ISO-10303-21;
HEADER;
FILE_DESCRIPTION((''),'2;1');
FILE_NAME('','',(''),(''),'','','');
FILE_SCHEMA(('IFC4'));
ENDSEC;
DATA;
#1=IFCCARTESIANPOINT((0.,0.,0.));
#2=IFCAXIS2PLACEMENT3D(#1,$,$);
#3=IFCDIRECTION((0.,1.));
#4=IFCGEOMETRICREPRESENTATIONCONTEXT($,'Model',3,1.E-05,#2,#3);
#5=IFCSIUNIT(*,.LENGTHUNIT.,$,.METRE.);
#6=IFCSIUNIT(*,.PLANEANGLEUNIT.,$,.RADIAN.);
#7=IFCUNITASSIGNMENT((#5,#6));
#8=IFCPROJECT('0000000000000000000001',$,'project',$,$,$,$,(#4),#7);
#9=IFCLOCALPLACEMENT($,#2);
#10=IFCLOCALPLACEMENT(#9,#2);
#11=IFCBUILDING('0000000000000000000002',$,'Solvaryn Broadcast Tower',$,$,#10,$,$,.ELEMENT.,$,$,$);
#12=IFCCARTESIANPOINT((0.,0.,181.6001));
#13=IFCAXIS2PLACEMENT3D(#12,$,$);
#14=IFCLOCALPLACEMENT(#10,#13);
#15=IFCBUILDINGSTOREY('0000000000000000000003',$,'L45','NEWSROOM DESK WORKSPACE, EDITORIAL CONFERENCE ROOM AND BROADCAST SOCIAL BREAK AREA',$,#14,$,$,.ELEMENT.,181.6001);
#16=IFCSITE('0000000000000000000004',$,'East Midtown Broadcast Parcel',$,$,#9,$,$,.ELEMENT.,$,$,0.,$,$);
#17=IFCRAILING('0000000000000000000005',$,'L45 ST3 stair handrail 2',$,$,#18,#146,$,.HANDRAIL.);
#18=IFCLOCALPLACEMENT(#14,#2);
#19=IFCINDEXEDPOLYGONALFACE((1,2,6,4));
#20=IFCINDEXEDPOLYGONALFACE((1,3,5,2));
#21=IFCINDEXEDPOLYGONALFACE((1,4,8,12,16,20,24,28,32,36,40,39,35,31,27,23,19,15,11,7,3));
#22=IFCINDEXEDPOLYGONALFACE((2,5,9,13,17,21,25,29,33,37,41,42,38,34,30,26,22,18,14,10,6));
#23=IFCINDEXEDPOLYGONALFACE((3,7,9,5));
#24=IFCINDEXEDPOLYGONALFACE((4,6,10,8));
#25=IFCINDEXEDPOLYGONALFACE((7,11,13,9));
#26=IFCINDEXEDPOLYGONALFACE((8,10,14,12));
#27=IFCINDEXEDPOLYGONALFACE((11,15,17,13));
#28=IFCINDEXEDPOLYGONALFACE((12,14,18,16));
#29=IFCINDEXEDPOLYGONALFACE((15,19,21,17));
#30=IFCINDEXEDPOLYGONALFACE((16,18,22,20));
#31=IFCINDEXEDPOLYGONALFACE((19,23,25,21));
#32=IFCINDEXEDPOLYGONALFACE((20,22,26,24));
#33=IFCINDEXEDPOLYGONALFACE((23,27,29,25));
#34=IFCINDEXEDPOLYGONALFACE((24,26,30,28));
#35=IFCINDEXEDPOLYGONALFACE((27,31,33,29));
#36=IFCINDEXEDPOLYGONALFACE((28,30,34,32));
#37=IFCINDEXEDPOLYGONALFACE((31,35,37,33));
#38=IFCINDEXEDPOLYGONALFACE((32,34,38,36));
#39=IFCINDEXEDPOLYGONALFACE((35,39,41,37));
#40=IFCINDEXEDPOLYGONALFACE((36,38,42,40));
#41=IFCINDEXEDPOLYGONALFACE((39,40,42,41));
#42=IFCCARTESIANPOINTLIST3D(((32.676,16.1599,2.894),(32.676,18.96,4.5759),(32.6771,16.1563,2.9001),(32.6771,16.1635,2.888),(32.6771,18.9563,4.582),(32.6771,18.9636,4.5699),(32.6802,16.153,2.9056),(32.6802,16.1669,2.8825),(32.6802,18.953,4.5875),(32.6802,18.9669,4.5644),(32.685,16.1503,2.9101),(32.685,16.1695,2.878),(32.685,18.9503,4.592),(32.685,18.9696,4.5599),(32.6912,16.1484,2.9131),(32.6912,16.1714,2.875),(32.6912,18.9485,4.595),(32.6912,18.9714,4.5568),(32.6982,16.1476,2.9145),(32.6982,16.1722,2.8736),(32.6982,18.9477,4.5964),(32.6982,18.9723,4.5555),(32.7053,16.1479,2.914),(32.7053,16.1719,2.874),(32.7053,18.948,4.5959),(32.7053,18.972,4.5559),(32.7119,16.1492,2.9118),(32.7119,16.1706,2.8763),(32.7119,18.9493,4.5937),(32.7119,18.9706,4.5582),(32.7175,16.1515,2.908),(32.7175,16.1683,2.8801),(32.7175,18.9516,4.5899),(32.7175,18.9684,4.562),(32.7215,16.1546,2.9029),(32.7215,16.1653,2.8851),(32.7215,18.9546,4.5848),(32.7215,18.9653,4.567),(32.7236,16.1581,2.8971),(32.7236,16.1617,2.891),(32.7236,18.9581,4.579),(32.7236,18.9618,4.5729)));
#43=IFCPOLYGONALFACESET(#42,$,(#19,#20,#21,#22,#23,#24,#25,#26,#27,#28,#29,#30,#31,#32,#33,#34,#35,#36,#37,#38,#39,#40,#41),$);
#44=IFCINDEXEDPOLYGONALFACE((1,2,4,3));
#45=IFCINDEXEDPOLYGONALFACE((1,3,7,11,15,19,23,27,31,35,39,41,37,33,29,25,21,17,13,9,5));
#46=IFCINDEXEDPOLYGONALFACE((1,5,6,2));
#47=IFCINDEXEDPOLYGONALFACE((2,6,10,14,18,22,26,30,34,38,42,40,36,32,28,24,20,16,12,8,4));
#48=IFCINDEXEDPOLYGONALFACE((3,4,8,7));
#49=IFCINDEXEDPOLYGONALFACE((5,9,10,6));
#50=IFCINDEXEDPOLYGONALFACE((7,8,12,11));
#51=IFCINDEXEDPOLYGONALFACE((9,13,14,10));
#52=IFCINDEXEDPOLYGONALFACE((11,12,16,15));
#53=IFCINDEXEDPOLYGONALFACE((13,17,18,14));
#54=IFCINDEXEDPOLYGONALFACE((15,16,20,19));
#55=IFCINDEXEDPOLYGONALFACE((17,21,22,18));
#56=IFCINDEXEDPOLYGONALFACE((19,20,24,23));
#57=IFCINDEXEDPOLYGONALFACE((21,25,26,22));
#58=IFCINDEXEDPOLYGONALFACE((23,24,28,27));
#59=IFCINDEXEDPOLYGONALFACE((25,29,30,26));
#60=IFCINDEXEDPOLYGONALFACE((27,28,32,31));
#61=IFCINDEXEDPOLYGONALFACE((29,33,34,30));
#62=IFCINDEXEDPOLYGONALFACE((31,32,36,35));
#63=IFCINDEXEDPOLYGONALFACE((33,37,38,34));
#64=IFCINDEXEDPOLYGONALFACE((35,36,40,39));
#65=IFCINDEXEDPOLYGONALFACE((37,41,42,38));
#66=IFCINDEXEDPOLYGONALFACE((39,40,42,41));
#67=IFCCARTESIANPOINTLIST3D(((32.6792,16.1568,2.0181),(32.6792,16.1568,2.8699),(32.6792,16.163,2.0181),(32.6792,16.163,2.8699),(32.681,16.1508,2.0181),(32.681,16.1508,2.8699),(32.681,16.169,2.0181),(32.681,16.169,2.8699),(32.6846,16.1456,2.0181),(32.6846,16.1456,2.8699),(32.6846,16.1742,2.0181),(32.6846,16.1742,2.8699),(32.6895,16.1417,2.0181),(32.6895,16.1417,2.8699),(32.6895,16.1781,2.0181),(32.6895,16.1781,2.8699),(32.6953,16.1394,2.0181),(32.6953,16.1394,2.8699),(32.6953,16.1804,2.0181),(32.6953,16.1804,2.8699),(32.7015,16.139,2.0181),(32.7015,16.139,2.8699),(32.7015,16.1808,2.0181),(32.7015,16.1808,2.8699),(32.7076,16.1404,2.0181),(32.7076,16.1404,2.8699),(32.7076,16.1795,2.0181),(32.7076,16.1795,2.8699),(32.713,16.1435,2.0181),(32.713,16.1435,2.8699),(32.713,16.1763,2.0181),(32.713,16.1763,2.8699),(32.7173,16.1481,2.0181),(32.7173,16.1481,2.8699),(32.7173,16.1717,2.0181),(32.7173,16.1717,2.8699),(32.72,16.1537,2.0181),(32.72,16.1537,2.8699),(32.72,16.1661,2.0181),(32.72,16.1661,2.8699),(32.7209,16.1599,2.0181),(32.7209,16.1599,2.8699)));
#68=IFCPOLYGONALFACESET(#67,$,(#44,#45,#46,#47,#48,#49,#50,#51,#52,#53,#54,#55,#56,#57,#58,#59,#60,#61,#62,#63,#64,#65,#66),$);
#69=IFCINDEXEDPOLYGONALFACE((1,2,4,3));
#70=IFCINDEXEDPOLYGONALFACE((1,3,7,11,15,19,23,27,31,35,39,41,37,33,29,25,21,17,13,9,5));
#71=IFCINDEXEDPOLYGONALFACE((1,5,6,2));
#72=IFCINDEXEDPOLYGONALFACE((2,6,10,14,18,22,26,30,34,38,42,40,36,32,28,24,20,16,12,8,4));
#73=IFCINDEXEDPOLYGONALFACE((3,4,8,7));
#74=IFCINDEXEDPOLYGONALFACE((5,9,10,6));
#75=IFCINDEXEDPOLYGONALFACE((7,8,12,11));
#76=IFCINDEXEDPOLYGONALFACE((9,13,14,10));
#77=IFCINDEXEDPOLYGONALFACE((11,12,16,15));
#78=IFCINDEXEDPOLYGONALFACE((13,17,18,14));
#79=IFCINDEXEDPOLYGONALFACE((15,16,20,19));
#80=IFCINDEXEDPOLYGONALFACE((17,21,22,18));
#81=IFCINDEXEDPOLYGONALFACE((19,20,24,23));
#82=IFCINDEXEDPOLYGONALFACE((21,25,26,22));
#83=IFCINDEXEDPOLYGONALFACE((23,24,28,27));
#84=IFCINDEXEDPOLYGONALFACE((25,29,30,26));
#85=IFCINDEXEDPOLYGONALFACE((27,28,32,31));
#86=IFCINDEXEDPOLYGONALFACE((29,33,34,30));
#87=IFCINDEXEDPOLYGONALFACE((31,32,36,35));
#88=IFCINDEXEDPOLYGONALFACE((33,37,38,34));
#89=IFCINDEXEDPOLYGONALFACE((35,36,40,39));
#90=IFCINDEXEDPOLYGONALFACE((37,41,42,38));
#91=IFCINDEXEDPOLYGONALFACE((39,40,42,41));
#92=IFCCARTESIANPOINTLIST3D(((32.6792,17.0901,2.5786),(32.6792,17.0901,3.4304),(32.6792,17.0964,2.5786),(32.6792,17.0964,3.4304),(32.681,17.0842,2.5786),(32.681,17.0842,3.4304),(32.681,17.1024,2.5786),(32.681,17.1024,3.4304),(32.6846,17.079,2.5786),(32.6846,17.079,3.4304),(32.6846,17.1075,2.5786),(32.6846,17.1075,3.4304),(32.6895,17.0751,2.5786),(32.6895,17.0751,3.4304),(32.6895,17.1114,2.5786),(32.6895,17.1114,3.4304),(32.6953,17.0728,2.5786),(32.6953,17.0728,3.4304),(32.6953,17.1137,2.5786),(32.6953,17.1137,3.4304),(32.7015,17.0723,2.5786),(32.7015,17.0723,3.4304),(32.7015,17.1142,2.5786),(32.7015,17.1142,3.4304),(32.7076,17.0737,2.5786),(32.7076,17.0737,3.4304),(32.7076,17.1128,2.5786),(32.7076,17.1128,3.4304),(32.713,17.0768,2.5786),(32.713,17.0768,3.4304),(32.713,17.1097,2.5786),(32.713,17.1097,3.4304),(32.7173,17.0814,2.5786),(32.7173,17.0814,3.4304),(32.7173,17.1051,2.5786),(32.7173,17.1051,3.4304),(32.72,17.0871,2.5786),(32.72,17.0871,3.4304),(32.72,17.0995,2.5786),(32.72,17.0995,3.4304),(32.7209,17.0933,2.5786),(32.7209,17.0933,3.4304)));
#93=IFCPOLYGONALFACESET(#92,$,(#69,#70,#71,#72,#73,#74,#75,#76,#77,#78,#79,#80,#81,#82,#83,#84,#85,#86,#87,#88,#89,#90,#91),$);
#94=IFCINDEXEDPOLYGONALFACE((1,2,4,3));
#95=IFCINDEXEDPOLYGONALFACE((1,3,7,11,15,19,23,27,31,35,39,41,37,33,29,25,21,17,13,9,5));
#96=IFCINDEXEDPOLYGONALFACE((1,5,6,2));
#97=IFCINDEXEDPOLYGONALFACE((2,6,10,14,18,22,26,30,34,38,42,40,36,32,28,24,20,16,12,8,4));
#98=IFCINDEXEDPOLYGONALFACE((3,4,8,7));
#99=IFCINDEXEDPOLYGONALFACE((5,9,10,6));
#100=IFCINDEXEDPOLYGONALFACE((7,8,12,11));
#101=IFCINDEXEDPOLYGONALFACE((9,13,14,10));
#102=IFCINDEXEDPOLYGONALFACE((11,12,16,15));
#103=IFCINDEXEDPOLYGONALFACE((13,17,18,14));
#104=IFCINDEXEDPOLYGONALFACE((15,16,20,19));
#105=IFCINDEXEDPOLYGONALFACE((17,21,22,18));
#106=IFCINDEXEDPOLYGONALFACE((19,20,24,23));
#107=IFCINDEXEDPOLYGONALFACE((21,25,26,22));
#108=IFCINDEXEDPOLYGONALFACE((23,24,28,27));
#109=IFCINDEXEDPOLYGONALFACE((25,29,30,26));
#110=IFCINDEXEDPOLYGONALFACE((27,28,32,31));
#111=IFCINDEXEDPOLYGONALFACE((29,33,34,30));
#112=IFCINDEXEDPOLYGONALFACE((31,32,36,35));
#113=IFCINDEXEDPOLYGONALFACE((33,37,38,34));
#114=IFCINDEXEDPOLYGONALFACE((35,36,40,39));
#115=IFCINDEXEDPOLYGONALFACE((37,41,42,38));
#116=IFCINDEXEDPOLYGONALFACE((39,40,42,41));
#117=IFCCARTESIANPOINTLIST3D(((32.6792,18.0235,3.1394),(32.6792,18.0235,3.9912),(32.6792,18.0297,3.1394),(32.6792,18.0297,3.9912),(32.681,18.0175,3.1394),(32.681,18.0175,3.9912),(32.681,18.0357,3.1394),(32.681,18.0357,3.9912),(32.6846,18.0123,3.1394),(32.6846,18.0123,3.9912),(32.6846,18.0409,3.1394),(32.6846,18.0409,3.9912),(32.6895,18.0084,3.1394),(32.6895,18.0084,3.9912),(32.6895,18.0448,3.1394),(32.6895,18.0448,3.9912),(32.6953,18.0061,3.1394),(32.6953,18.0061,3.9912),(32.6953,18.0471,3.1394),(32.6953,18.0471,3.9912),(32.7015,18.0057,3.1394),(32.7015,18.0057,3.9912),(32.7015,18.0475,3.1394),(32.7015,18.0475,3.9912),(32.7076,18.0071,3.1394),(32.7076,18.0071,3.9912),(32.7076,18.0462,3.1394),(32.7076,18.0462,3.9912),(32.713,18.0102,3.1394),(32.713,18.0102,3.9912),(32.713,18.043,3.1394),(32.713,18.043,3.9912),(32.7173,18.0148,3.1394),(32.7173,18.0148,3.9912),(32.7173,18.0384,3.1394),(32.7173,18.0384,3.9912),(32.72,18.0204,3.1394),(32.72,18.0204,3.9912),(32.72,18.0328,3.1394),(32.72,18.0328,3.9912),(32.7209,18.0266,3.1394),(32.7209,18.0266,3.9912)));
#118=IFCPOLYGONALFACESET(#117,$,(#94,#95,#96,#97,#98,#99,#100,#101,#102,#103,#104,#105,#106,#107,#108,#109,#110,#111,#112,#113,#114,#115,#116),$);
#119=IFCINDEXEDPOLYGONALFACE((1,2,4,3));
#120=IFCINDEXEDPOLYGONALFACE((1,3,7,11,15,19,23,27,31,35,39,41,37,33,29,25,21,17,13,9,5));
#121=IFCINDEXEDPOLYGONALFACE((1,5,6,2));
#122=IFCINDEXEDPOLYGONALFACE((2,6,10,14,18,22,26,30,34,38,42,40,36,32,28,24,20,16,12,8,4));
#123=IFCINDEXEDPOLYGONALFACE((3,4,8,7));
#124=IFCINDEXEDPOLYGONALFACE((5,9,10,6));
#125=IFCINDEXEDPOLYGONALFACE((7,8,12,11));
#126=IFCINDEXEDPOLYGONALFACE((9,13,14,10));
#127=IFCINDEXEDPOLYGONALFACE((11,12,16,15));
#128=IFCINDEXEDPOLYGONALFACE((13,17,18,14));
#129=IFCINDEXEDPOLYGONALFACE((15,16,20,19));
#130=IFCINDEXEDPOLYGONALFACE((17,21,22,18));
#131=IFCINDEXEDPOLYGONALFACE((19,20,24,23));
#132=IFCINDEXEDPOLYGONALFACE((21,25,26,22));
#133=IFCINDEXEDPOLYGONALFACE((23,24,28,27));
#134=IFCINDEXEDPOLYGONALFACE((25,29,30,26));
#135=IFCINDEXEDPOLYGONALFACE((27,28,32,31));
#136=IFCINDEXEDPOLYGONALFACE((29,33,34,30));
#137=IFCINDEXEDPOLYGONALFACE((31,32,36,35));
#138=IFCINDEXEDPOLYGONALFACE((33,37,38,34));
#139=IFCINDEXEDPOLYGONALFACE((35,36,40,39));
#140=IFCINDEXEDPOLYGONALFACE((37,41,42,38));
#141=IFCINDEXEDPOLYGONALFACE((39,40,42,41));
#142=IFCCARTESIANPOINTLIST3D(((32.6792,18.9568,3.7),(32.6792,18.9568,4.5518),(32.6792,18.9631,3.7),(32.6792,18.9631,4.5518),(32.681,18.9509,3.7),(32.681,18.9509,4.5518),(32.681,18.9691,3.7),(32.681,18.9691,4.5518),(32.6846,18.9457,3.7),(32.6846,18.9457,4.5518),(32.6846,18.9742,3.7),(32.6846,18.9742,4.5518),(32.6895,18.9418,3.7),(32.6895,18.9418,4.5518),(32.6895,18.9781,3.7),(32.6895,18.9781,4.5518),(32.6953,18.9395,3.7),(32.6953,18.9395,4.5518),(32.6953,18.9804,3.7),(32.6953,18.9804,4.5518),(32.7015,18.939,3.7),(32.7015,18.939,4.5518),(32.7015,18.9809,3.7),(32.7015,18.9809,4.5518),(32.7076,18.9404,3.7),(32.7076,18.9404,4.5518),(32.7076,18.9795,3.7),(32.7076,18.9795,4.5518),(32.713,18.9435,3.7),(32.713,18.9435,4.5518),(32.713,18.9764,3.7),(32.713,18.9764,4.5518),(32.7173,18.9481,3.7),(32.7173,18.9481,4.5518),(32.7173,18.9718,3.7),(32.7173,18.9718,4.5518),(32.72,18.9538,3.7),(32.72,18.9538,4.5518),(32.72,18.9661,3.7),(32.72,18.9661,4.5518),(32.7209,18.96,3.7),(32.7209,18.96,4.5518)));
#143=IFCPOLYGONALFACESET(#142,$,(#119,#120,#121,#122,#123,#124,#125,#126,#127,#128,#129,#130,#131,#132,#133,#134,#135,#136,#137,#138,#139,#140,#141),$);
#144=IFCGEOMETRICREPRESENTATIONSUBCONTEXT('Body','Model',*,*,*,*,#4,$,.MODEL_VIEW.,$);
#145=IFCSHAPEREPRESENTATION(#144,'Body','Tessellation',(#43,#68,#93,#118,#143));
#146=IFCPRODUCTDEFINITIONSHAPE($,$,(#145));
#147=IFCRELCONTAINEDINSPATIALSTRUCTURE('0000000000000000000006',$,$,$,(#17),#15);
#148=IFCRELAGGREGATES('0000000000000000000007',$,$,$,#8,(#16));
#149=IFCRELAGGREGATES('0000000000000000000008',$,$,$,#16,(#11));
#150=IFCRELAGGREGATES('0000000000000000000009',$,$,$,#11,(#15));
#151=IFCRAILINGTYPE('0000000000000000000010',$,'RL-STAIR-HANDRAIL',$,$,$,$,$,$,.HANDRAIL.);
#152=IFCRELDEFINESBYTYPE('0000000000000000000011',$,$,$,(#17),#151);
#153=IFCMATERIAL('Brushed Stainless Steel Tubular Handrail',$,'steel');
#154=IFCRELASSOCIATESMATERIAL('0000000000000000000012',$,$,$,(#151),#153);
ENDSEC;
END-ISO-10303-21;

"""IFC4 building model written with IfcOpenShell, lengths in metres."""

from ifc_helpers import new_model, si_unit, direction, frame, origin, origin_2d, place, context, subcontext, project, spatial, circle, extrude, material, type_object, element, save


model = new_model("IFC4")

# Units and contexts
model_context = context("Model", 3, precision=1e-05, world=origin(), true_north=direction((0.0, 1.0)))
body_context = subcontext(model_context, "Body", "Model", "MODEL_VIEW")
ifc_project = project(units=[si_unit("LENGTHUNIT", "METRE"), si_unit("PLANEANGLEUNIT", "RADIAN")], contexts=[model_context])

# Site, building, storey
site_placement = place(None, origin())
site = spatial("IfcSite", under=ifc_project, at=site_placement, Name="East Midtown Broadcast Parcel", CompositionType="ELEMENT", RefElevation=0.0)
building_placement = place(site_placement, origin())
building = spatial("IfcBuilding", under=site, at=building_placement, Name="Solvaryn Broadcast Tower", CompositionType="ELEMENT")
storey_placement = place(building_placement, frame((0.0, 0.0, 181.6001)))
storey = spatial("IfcBuildingStorey", under=building, at=storey_placement, Name="L45", Description="NEWSROOM DESK WORKSPACE, EDITORIAL CONFERENCE ROOM AND BROADCAST SOCIAL BREAK AREA", CompositionType="ELEMENT", Elevation=181.6001)

# Railing
ifc_material_1 = material(Name="Brushed Stainless Steel Tubular Handrail", Category="steel")
railing_type_1 = type_object("IfcRailingType", Name="RL-STAIR-HANDRAIL", PredefinedType="HANDRAIL", material=ifc_material_1)
railing_1_placement = place(storey_placement, frame((32.7, 16.1599, 2.0181)))
element("IfcRailing", 1, at=railing_1_placement, inside=storey, type_object=railing_type_1, Name="L45 ST3 stair handrail 2", PredefinedType="HANDRAIL", context=body_context, shape_type="SweptSolid", body=[
    extrude(circle(Radius=0.0239, at=origin_2d()), frame((0.0, 0.0, 0.876), z_axis=(0.0, 0.857242, 0.514913), x_axis=(-1.0, 0.0, 0.0)), (0.0, 0.0, 1.0), 3.2664),
    extrude(circle(Radius=0.021, at=origin_2d()), origin(), (0.0, 0.0, 1.0), 0.8518),
    extrude(circle(Radius=0.021, at=origin_2d()), frame((0.0, 0.9333, 0.5605)), (0.0, 0.0, 1.0), 0.8518),
    extrude(circle(Radius=0.021, at=origin_2d()), frame((0.0, 1.8667, 1.1213)), (0.0, 0.0, 1.0), 0.8518),
    extrude(circle(Radius=0.021, at=origin_2d()), frame((0.0, 2.8, 1.6819)), (0.0, 0.0, 1.0), 0.8518),
])

save(model, "model.ifc")
